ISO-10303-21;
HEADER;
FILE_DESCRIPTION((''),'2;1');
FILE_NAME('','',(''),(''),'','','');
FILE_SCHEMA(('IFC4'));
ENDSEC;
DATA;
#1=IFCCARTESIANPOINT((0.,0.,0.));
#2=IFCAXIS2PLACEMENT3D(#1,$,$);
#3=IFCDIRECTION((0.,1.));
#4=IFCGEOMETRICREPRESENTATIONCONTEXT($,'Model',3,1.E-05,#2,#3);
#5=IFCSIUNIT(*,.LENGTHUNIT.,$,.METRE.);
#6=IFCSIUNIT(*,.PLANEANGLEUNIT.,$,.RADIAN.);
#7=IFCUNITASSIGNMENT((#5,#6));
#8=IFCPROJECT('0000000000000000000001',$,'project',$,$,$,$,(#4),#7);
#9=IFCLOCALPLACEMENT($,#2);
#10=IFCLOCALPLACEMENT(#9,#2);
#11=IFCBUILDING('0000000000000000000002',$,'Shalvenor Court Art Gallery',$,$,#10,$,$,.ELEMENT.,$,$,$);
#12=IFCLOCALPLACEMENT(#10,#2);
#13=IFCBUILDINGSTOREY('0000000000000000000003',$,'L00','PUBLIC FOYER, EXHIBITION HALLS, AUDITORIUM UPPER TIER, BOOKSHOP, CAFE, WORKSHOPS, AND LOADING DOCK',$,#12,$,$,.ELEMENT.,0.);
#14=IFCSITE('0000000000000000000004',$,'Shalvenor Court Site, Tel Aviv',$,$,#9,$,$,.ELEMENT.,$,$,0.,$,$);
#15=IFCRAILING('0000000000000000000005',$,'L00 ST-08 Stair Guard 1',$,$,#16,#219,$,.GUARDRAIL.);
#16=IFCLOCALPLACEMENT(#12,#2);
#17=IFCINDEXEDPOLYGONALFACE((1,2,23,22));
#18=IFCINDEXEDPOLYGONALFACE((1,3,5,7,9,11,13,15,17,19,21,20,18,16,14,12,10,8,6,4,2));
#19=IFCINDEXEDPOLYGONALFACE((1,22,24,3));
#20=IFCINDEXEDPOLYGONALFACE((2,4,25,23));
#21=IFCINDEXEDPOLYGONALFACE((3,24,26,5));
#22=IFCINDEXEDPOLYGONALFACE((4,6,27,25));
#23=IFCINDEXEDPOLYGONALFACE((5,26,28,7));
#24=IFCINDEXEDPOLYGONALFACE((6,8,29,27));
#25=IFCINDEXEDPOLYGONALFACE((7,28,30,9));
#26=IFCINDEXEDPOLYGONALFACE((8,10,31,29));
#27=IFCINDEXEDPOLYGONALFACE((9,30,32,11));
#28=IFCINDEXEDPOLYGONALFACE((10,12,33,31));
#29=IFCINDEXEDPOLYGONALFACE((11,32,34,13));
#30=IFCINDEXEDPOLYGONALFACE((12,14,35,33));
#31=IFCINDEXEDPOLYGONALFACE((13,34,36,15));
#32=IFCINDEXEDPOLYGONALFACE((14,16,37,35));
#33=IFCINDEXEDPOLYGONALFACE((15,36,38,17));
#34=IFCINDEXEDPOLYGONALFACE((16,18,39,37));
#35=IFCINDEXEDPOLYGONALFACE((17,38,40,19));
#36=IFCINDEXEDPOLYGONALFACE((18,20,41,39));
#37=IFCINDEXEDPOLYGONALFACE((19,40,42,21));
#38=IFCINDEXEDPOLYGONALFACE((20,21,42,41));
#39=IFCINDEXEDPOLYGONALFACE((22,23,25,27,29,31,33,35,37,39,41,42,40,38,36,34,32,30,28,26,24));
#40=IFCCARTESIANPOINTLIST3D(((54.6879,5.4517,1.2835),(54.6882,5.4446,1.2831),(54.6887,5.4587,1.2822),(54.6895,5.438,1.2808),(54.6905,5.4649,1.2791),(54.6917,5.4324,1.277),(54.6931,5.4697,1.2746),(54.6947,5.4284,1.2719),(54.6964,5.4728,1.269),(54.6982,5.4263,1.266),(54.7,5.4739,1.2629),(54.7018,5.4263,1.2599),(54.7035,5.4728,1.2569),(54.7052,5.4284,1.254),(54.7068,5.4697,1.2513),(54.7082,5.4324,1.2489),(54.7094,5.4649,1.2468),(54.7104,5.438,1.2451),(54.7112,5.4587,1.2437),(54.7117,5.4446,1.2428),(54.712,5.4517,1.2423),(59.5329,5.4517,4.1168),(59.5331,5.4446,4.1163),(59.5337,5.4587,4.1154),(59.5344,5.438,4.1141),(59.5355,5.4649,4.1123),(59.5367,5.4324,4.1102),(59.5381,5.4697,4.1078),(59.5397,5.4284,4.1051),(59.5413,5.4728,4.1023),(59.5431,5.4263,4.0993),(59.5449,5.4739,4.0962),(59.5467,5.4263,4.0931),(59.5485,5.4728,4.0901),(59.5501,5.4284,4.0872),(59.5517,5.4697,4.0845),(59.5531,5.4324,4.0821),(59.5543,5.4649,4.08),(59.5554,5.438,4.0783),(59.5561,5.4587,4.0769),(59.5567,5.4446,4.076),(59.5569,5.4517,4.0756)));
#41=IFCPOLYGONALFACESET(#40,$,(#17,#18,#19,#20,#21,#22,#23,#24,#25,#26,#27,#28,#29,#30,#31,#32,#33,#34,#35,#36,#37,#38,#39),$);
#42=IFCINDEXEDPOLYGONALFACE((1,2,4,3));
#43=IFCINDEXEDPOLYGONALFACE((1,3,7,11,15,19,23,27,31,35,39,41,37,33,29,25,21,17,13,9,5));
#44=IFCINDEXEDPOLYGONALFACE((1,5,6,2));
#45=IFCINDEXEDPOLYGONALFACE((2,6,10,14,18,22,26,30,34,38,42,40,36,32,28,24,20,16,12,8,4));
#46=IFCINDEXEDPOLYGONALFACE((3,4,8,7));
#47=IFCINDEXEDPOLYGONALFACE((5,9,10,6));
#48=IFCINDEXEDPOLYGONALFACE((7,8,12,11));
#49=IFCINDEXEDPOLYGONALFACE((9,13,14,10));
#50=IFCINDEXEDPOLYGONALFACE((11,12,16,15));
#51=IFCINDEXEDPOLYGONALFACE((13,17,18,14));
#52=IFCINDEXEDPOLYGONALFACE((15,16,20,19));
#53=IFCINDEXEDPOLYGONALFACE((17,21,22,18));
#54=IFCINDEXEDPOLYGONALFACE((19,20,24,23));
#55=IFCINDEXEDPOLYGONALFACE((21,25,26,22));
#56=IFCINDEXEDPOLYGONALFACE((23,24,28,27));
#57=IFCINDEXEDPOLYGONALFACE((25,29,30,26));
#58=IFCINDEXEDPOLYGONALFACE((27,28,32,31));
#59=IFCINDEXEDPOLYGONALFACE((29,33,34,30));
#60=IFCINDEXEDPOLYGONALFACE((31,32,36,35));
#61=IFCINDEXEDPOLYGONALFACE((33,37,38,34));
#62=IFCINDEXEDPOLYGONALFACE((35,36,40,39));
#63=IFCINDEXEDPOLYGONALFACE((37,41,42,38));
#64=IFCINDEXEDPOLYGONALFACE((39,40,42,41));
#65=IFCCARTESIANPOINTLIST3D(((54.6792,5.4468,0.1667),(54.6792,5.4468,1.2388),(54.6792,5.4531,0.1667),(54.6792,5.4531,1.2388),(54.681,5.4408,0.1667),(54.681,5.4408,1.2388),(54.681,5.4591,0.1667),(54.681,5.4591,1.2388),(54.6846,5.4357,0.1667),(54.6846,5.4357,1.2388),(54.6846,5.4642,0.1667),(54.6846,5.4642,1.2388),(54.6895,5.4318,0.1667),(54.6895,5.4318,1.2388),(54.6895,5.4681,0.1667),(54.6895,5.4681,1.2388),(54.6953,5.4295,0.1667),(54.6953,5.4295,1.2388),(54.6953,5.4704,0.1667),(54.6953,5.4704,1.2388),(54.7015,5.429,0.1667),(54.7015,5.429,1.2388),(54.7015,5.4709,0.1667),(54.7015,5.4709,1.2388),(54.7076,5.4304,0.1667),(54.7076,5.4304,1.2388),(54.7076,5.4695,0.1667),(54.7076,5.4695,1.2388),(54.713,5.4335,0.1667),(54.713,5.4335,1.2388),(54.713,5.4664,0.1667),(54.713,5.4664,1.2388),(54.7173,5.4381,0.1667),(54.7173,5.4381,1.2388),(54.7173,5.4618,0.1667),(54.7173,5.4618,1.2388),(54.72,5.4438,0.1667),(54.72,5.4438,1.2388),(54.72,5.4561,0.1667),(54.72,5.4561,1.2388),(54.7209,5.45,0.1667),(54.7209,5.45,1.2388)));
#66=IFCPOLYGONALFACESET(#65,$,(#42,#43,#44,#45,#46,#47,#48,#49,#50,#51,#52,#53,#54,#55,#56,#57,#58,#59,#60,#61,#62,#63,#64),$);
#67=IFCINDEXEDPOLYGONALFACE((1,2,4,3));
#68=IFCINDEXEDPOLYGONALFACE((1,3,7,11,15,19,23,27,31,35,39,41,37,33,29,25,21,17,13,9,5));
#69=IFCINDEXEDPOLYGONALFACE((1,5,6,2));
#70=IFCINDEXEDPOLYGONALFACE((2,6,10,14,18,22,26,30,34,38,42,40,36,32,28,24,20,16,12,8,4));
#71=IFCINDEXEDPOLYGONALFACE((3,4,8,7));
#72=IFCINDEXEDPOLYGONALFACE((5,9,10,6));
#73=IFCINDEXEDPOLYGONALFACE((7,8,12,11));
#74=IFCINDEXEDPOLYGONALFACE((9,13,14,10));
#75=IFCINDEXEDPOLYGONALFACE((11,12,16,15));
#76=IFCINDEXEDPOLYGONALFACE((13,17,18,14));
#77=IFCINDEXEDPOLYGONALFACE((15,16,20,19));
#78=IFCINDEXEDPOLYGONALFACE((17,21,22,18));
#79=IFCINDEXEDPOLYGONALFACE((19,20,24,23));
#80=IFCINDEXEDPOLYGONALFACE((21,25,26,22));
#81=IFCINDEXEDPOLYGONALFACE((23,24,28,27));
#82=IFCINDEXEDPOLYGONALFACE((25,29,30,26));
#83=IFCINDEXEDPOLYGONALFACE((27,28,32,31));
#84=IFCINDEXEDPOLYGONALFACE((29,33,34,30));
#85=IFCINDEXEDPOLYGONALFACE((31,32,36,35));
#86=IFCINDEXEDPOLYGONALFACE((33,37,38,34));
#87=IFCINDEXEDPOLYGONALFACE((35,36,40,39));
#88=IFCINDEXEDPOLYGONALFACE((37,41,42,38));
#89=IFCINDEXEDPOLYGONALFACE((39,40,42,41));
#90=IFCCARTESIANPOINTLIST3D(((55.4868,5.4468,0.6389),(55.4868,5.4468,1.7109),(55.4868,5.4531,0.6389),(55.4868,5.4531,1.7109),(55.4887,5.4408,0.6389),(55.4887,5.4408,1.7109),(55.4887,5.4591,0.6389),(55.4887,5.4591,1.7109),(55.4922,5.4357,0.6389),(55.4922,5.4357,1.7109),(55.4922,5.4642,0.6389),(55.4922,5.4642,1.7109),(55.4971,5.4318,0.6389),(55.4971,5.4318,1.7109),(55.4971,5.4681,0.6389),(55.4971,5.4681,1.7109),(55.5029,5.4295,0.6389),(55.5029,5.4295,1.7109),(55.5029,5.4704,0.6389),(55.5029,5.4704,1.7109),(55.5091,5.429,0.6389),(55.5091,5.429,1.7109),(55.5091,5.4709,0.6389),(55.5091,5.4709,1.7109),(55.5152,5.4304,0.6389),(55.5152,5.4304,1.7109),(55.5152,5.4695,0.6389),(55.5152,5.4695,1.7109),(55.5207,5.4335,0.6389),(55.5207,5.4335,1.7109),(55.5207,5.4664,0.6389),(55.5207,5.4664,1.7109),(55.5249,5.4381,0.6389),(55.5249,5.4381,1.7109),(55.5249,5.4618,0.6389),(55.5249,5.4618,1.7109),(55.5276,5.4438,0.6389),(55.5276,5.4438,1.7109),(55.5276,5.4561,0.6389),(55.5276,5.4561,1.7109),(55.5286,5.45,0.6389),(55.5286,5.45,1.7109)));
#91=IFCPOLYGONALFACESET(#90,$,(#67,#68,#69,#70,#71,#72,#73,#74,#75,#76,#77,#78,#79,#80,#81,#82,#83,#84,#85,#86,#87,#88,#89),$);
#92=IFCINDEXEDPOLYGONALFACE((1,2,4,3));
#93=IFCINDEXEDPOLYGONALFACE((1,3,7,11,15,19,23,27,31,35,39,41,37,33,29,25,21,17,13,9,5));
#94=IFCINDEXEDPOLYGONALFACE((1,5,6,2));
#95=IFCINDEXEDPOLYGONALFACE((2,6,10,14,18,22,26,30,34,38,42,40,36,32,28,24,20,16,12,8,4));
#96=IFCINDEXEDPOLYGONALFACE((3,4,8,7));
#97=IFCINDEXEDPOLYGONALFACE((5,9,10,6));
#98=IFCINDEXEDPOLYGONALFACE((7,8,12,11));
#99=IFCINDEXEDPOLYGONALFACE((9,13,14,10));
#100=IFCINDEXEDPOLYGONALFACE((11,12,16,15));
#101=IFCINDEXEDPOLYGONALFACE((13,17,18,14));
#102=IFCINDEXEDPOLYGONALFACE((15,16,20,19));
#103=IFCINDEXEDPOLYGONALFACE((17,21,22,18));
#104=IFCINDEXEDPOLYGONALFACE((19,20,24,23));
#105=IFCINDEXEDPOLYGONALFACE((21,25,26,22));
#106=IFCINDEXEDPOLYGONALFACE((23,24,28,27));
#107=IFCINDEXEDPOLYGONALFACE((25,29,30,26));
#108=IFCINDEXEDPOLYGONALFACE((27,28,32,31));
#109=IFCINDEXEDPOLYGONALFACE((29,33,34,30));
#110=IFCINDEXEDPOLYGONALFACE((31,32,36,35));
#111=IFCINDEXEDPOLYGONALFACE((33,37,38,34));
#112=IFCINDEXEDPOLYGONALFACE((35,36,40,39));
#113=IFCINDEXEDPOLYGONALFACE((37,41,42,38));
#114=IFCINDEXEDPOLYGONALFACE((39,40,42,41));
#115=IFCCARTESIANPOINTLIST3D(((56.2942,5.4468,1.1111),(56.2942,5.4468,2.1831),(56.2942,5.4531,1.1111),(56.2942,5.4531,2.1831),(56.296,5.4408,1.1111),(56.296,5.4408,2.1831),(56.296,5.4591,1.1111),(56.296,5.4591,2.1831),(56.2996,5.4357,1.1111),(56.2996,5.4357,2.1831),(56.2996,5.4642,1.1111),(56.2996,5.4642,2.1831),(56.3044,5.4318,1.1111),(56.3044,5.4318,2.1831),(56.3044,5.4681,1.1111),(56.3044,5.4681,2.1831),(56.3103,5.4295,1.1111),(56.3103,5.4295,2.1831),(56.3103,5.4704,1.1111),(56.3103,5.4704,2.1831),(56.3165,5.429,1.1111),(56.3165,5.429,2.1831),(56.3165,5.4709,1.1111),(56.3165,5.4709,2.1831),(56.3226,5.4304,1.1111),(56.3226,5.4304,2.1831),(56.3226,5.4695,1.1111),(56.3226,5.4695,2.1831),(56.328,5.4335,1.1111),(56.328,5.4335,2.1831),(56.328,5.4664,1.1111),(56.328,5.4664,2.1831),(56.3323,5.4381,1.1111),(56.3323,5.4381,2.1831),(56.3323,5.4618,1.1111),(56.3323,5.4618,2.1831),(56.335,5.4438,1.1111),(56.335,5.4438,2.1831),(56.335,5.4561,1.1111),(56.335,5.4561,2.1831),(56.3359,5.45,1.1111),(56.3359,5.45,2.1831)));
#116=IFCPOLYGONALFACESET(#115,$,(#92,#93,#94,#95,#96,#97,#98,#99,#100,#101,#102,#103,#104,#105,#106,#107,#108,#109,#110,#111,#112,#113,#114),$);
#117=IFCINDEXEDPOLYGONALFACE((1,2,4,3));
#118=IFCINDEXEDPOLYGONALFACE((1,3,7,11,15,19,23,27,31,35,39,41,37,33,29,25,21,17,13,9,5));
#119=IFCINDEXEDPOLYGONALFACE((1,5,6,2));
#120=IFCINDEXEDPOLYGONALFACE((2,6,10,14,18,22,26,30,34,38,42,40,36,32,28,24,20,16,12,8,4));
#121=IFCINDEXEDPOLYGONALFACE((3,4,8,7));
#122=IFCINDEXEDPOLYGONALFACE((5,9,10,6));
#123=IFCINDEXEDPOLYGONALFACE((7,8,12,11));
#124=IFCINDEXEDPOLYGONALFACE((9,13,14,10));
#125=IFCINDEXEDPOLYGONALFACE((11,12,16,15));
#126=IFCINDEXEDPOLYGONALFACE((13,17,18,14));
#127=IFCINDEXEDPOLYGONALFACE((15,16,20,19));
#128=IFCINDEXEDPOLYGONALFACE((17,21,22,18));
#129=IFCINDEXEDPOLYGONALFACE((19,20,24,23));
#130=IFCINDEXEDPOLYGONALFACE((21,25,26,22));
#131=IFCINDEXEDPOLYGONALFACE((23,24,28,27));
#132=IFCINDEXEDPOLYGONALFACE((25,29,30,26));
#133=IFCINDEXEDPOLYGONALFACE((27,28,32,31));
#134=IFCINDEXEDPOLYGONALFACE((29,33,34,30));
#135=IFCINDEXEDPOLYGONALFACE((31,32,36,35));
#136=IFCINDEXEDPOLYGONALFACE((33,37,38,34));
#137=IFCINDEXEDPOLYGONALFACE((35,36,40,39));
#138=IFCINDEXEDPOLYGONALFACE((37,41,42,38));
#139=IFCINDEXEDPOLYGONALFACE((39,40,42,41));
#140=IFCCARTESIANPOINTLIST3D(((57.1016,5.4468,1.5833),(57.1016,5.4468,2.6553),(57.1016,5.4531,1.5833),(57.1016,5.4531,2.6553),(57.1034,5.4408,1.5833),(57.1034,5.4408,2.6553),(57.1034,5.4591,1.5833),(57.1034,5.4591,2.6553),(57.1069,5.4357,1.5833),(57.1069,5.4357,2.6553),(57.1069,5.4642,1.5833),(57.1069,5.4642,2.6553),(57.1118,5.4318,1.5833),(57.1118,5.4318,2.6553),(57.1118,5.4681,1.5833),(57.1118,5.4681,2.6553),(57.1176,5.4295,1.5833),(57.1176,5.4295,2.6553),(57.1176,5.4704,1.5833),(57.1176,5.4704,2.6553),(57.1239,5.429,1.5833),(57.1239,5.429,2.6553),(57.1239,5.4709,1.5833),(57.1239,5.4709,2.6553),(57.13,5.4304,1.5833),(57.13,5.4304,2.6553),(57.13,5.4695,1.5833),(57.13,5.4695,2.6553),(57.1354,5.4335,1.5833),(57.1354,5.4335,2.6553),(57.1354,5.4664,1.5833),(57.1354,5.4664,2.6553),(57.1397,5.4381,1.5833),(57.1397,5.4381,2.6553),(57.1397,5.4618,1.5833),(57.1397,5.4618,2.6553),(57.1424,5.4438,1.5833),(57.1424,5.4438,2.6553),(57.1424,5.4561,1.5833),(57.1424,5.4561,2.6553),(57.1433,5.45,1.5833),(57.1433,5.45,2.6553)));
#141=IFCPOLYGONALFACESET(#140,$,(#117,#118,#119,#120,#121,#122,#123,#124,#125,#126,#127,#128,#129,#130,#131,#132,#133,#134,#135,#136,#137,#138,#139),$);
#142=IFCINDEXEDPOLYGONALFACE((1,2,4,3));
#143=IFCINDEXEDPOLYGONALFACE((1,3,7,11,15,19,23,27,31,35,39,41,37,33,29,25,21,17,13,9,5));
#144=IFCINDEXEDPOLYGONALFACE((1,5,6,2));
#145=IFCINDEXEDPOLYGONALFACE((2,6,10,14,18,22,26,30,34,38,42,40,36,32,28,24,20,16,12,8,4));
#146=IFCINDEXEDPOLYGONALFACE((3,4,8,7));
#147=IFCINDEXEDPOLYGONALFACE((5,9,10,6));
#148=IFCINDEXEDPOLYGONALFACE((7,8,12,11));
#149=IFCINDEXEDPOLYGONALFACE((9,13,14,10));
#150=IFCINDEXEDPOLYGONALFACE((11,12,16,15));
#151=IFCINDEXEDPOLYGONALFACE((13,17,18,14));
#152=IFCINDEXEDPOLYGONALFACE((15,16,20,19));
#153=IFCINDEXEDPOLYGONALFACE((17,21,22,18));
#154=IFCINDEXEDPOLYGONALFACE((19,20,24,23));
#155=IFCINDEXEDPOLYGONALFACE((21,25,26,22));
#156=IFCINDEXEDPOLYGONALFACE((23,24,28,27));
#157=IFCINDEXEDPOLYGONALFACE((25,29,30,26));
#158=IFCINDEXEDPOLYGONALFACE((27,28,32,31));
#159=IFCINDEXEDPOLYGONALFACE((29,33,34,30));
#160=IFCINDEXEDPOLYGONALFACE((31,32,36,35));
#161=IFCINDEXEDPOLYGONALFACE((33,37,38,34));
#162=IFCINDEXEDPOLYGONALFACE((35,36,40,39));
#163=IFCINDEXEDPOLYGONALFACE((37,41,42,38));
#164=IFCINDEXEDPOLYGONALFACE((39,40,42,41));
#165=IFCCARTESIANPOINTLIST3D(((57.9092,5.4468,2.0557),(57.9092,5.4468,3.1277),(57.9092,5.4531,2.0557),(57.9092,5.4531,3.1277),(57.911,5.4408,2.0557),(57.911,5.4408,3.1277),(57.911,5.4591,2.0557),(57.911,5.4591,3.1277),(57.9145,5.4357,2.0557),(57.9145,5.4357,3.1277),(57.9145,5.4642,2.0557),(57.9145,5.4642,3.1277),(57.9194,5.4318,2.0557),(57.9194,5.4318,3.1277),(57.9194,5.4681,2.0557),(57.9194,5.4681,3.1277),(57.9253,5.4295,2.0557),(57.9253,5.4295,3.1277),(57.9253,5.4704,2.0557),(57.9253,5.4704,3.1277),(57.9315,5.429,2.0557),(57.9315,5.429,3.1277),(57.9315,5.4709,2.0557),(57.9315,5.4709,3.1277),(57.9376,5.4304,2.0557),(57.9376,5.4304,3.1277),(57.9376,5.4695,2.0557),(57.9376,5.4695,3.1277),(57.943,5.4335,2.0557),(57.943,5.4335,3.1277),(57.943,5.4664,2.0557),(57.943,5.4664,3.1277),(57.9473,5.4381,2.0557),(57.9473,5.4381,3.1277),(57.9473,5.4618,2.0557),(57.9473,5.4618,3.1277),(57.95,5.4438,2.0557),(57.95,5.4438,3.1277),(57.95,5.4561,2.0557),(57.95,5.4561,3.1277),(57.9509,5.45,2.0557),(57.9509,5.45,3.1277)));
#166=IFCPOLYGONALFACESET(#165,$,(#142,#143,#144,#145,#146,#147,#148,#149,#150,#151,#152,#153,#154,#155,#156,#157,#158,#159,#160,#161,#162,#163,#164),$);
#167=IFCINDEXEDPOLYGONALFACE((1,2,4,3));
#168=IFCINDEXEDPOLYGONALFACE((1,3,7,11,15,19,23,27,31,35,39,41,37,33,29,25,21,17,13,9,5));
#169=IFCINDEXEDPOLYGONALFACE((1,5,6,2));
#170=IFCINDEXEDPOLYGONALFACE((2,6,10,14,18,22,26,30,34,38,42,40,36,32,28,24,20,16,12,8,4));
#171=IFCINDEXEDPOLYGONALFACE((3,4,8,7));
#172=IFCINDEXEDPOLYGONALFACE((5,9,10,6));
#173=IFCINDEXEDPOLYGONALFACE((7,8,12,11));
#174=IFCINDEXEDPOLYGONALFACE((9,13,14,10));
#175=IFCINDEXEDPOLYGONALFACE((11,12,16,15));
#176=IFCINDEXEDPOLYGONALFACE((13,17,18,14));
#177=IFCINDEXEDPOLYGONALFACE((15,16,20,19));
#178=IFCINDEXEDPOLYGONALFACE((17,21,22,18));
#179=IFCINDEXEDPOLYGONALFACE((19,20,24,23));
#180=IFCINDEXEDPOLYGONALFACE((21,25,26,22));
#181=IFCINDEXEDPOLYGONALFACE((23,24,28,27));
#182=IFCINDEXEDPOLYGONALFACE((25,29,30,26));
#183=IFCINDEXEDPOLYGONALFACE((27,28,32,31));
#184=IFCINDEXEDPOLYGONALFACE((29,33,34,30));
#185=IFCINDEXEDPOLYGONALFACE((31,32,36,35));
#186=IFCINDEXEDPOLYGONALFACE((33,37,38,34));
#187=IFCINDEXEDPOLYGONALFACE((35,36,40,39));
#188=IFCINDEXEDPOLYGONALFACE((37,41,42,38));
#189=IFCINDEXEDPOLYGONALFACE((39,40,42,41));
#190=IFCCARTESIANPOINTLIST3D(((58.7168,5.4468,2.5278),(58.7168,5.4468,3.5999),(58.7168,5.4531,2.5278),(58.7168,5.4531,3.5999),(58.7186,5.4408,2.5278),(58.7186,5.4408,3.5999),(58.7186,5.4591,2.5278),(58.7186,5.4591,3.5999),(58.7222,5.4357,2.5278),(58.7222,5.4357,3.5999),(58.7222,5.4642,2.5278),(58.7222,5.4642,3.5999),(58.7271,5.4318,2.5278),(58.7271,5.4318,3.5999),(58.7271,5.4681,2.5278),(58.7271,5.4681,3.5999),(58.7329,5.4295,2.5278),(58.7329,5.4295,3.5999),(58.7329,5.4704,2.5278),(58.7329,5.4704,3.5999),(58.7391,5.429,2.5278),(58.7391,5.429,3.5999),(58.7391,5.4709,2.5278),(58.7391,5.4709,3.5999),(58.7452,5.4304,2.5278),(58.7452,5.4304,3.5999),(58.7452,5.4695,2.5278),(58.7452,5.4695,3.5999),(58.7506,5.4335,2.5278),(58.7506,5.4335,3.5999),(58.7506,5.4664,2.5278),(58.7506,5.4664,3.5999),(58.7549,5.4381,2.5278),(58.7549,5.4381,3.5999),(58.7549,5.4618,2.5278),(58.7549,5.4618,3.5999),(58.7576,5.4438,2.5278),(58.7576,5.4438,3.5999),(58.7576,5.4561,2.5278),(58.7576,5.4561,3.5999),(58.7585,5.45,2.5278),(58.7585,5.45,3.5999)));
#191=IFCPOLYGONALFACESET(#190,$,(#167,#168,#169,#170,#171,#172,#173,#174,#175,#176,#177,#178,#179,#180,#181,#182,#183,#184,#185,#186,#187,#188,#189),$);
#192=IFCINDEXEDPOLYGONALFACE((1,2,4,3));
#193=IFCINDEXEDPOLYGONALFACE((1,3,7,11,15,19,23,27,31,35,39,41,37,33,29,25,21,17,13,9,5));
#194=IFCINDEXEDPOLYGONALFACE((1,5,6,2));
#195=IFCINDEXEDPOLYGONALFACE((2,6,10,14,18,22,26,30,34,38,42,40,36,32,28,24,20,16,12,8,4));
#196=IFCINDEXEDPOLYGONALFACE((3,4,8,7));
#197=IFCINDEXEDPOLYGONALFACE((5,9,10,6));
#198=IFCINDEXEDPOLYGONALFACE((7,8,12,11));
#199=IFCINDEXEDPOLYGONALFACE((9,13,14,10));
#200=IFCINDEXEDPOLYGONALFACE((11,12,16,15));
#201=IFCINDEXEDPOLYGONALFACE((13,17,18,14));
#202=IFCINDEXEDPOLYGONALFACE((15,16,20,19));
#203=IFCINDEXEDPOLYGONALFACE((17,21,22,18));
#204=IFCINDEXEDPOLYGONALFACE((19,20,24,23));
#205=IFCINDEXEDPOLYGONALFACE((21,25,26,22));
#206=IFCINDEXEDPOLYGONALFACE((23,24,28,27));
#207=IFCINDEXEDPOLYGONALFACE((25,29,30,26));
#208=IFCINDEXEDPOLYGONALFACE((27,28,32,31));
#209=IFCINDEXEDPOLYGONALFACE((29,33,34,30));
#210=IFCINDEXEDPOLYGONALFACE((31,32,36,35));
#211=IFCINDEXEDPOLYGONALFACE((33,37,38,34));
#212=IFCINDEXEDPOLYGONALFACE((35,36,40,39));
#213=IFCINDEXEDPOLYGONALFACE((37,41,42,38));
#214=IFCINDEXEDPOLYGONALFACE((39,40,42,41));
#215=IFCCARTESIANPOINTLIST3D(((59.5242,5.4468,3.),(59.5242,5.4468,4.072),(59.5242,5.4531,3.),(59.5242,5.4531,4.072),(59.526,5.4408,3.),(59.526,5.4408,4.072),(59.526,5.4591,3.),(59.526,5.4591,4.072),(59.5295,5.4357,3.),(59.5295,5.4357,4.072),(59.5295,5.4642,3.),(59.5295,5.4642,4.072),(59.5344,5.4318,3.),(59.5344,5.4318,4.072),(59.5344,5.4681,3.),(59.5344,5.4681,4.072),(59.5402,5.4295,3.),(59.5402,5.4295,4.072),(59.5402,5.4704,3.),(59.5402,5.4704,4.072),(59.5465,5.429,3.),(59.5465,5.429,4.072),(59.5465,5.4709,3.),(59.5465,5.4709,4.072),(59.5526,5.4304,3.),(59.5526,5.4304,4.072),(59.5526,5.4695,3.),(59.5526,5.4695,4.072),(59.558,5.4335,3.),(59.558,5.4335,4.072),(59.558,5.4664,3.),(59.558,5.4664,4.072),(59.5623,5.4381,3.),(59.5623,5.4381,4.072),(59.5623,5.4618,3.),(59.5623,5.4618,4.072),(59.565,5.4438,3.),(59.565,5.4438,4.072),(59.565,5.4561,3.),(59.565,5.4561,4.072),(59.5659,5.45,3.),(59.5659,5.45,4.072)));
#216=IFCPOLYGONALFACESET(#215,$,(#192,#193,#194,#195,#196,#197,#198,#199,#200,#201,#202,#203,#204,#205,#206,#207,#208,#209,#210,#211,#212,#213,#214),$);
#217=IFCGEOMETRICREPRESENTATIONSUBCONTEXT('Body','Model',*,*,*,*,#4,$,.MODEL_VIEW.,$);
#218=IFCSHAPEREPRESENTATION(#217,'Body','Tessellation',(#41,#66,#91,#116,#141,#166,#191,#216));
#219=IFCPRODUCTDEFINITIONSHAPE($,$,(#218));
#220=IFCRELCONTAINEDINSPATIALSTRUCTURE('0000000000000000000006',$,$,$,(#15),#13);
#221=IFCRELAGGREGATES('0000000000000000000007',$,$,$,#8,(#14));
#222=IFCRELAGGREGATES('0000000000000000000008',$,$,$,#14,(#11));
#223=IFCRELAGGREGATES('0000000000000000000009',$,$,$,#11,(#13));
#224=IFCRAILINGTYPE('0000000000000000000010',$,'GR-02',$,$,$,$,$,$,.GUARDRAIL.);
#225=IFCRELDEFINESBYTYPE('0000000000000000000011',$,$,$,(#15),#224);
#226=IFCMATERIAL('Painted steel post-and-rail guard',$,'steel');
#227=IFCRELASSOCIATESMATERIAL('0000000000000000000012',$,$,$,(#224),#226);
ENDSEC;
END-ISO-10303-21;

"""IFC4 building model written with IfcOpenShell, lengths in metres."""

from ifc_helpers import new_model, si_unit, direction, frame, origin, origin_2d, place, context, subcontext, project, spatial, circle, extrude, material, type_object, element, save


model = new_model("IFC4")

# Units and contexts
model_context = context("Model", 3, precision=1e-05, world=origin(), true_north=direction((0.0, 1.0)))
body_context = subcontext(model_context, "Body", "Model", "MODEL_VIEW")
ifc_project = project(units=[si_unit("LENGTHUNIT", "METRE"), si_unit("PLANEANGLEUNIT", "RADIAN")], contexts=[model_context])

# Site, building, storey
site_placement = place(None, origin())
site = spatial("IfcSite", under=ifc_project, at=site_placement, Name="Shalvenor Court Site, Tel Aviv", CompositionType="ELEMENT", RefElevation=0.0)
building_placement = place(site_placement, origin())
building = spatial("IfcBuilding", under=site, at=building_placement, Name="Shalvenor Court Art Gallery", CompositionType="ELEMENT")
storey_placement = place(building_placement, origin())
storey = spatial("IfcBuildingStorey", under=building, at=storey_placement, Name="L00", Description="PUBLIC FOYER, EXHIBITION HALLS, AUDITORIUM UPPER TIER, BOOKSHOP, CAFE, WORKSHOPS, AND LOADING DOCK", CompositionType="ELEMENT", Elevation=0.0)

# Railing
ifc_material_1 = material(Name="Painted steel post-and-rail guard", Category="steel")
railing_type_1 = type_object("IfcRailingType", Name="GR-02", PredefinedType="GUARDRAIL", material=ifc_material_1)
railing_1_placement = place(storey_placement, frame((54.7, 5.45, 0.1667)))
element("IfcRailing", 1, at=railing_1_placement, inside=storey, type_object=railing_type_1, Name="L00 ST-08 Stair Guard 1", PredefinedType="GUARDRAIL", context=body_context, shape_type="SweptSolid", body=[
    extrude(circle(Radius=0.0239, at=origin_2d()), frame((0.0, 0.0, 1.0962), z_axis=(0.863234, 0.0, 0.504804), x_axis=(0.0, 1.0, 0.0)), (0.0, 0.0, 1.0), 5.6125),
    extrude(circle(Radius=0.021, at=origin_2d()), origin(), (0.0, 0.0, 1.0), 1.072),
    extrude(circle(Radius=0.021, at=origin_2d()), frame((0.8076, 0.0, 0.4722)), (0.0, 0.0, 1.0), 1.072),
    extrude(circle(Radius=0.021, at=origin_2d()), frame((1.615, 0.0, 0.9443)), (0.0, 0.0, 1.0), 1.072),
    extrude(circle(Radius=0.021, at=origin_2d()), frame((2.4224, 0.0, 1.4165)), (0.0, 0.0, 1.0), 1.072),
    extrude(circle(Radius=0.021, at=origin_2d()), frame((3.23, 0.0, 1.8889)), (0.0, 0.0, 1.0), 1.072),
    extrude(circle(Radius=0.021, at=origin_2d()), frame((4.0376, 0.0, 2.3611)), (0.0, 0.0, 1.0), 1.072),
    extrude(circle(Radius=0.021, at=origin_2d()), frame((4.845, 0.0, 2.8333)), (0.0, 0.0, 1.0), 1.072),
])

save(model, "model.ifc")
